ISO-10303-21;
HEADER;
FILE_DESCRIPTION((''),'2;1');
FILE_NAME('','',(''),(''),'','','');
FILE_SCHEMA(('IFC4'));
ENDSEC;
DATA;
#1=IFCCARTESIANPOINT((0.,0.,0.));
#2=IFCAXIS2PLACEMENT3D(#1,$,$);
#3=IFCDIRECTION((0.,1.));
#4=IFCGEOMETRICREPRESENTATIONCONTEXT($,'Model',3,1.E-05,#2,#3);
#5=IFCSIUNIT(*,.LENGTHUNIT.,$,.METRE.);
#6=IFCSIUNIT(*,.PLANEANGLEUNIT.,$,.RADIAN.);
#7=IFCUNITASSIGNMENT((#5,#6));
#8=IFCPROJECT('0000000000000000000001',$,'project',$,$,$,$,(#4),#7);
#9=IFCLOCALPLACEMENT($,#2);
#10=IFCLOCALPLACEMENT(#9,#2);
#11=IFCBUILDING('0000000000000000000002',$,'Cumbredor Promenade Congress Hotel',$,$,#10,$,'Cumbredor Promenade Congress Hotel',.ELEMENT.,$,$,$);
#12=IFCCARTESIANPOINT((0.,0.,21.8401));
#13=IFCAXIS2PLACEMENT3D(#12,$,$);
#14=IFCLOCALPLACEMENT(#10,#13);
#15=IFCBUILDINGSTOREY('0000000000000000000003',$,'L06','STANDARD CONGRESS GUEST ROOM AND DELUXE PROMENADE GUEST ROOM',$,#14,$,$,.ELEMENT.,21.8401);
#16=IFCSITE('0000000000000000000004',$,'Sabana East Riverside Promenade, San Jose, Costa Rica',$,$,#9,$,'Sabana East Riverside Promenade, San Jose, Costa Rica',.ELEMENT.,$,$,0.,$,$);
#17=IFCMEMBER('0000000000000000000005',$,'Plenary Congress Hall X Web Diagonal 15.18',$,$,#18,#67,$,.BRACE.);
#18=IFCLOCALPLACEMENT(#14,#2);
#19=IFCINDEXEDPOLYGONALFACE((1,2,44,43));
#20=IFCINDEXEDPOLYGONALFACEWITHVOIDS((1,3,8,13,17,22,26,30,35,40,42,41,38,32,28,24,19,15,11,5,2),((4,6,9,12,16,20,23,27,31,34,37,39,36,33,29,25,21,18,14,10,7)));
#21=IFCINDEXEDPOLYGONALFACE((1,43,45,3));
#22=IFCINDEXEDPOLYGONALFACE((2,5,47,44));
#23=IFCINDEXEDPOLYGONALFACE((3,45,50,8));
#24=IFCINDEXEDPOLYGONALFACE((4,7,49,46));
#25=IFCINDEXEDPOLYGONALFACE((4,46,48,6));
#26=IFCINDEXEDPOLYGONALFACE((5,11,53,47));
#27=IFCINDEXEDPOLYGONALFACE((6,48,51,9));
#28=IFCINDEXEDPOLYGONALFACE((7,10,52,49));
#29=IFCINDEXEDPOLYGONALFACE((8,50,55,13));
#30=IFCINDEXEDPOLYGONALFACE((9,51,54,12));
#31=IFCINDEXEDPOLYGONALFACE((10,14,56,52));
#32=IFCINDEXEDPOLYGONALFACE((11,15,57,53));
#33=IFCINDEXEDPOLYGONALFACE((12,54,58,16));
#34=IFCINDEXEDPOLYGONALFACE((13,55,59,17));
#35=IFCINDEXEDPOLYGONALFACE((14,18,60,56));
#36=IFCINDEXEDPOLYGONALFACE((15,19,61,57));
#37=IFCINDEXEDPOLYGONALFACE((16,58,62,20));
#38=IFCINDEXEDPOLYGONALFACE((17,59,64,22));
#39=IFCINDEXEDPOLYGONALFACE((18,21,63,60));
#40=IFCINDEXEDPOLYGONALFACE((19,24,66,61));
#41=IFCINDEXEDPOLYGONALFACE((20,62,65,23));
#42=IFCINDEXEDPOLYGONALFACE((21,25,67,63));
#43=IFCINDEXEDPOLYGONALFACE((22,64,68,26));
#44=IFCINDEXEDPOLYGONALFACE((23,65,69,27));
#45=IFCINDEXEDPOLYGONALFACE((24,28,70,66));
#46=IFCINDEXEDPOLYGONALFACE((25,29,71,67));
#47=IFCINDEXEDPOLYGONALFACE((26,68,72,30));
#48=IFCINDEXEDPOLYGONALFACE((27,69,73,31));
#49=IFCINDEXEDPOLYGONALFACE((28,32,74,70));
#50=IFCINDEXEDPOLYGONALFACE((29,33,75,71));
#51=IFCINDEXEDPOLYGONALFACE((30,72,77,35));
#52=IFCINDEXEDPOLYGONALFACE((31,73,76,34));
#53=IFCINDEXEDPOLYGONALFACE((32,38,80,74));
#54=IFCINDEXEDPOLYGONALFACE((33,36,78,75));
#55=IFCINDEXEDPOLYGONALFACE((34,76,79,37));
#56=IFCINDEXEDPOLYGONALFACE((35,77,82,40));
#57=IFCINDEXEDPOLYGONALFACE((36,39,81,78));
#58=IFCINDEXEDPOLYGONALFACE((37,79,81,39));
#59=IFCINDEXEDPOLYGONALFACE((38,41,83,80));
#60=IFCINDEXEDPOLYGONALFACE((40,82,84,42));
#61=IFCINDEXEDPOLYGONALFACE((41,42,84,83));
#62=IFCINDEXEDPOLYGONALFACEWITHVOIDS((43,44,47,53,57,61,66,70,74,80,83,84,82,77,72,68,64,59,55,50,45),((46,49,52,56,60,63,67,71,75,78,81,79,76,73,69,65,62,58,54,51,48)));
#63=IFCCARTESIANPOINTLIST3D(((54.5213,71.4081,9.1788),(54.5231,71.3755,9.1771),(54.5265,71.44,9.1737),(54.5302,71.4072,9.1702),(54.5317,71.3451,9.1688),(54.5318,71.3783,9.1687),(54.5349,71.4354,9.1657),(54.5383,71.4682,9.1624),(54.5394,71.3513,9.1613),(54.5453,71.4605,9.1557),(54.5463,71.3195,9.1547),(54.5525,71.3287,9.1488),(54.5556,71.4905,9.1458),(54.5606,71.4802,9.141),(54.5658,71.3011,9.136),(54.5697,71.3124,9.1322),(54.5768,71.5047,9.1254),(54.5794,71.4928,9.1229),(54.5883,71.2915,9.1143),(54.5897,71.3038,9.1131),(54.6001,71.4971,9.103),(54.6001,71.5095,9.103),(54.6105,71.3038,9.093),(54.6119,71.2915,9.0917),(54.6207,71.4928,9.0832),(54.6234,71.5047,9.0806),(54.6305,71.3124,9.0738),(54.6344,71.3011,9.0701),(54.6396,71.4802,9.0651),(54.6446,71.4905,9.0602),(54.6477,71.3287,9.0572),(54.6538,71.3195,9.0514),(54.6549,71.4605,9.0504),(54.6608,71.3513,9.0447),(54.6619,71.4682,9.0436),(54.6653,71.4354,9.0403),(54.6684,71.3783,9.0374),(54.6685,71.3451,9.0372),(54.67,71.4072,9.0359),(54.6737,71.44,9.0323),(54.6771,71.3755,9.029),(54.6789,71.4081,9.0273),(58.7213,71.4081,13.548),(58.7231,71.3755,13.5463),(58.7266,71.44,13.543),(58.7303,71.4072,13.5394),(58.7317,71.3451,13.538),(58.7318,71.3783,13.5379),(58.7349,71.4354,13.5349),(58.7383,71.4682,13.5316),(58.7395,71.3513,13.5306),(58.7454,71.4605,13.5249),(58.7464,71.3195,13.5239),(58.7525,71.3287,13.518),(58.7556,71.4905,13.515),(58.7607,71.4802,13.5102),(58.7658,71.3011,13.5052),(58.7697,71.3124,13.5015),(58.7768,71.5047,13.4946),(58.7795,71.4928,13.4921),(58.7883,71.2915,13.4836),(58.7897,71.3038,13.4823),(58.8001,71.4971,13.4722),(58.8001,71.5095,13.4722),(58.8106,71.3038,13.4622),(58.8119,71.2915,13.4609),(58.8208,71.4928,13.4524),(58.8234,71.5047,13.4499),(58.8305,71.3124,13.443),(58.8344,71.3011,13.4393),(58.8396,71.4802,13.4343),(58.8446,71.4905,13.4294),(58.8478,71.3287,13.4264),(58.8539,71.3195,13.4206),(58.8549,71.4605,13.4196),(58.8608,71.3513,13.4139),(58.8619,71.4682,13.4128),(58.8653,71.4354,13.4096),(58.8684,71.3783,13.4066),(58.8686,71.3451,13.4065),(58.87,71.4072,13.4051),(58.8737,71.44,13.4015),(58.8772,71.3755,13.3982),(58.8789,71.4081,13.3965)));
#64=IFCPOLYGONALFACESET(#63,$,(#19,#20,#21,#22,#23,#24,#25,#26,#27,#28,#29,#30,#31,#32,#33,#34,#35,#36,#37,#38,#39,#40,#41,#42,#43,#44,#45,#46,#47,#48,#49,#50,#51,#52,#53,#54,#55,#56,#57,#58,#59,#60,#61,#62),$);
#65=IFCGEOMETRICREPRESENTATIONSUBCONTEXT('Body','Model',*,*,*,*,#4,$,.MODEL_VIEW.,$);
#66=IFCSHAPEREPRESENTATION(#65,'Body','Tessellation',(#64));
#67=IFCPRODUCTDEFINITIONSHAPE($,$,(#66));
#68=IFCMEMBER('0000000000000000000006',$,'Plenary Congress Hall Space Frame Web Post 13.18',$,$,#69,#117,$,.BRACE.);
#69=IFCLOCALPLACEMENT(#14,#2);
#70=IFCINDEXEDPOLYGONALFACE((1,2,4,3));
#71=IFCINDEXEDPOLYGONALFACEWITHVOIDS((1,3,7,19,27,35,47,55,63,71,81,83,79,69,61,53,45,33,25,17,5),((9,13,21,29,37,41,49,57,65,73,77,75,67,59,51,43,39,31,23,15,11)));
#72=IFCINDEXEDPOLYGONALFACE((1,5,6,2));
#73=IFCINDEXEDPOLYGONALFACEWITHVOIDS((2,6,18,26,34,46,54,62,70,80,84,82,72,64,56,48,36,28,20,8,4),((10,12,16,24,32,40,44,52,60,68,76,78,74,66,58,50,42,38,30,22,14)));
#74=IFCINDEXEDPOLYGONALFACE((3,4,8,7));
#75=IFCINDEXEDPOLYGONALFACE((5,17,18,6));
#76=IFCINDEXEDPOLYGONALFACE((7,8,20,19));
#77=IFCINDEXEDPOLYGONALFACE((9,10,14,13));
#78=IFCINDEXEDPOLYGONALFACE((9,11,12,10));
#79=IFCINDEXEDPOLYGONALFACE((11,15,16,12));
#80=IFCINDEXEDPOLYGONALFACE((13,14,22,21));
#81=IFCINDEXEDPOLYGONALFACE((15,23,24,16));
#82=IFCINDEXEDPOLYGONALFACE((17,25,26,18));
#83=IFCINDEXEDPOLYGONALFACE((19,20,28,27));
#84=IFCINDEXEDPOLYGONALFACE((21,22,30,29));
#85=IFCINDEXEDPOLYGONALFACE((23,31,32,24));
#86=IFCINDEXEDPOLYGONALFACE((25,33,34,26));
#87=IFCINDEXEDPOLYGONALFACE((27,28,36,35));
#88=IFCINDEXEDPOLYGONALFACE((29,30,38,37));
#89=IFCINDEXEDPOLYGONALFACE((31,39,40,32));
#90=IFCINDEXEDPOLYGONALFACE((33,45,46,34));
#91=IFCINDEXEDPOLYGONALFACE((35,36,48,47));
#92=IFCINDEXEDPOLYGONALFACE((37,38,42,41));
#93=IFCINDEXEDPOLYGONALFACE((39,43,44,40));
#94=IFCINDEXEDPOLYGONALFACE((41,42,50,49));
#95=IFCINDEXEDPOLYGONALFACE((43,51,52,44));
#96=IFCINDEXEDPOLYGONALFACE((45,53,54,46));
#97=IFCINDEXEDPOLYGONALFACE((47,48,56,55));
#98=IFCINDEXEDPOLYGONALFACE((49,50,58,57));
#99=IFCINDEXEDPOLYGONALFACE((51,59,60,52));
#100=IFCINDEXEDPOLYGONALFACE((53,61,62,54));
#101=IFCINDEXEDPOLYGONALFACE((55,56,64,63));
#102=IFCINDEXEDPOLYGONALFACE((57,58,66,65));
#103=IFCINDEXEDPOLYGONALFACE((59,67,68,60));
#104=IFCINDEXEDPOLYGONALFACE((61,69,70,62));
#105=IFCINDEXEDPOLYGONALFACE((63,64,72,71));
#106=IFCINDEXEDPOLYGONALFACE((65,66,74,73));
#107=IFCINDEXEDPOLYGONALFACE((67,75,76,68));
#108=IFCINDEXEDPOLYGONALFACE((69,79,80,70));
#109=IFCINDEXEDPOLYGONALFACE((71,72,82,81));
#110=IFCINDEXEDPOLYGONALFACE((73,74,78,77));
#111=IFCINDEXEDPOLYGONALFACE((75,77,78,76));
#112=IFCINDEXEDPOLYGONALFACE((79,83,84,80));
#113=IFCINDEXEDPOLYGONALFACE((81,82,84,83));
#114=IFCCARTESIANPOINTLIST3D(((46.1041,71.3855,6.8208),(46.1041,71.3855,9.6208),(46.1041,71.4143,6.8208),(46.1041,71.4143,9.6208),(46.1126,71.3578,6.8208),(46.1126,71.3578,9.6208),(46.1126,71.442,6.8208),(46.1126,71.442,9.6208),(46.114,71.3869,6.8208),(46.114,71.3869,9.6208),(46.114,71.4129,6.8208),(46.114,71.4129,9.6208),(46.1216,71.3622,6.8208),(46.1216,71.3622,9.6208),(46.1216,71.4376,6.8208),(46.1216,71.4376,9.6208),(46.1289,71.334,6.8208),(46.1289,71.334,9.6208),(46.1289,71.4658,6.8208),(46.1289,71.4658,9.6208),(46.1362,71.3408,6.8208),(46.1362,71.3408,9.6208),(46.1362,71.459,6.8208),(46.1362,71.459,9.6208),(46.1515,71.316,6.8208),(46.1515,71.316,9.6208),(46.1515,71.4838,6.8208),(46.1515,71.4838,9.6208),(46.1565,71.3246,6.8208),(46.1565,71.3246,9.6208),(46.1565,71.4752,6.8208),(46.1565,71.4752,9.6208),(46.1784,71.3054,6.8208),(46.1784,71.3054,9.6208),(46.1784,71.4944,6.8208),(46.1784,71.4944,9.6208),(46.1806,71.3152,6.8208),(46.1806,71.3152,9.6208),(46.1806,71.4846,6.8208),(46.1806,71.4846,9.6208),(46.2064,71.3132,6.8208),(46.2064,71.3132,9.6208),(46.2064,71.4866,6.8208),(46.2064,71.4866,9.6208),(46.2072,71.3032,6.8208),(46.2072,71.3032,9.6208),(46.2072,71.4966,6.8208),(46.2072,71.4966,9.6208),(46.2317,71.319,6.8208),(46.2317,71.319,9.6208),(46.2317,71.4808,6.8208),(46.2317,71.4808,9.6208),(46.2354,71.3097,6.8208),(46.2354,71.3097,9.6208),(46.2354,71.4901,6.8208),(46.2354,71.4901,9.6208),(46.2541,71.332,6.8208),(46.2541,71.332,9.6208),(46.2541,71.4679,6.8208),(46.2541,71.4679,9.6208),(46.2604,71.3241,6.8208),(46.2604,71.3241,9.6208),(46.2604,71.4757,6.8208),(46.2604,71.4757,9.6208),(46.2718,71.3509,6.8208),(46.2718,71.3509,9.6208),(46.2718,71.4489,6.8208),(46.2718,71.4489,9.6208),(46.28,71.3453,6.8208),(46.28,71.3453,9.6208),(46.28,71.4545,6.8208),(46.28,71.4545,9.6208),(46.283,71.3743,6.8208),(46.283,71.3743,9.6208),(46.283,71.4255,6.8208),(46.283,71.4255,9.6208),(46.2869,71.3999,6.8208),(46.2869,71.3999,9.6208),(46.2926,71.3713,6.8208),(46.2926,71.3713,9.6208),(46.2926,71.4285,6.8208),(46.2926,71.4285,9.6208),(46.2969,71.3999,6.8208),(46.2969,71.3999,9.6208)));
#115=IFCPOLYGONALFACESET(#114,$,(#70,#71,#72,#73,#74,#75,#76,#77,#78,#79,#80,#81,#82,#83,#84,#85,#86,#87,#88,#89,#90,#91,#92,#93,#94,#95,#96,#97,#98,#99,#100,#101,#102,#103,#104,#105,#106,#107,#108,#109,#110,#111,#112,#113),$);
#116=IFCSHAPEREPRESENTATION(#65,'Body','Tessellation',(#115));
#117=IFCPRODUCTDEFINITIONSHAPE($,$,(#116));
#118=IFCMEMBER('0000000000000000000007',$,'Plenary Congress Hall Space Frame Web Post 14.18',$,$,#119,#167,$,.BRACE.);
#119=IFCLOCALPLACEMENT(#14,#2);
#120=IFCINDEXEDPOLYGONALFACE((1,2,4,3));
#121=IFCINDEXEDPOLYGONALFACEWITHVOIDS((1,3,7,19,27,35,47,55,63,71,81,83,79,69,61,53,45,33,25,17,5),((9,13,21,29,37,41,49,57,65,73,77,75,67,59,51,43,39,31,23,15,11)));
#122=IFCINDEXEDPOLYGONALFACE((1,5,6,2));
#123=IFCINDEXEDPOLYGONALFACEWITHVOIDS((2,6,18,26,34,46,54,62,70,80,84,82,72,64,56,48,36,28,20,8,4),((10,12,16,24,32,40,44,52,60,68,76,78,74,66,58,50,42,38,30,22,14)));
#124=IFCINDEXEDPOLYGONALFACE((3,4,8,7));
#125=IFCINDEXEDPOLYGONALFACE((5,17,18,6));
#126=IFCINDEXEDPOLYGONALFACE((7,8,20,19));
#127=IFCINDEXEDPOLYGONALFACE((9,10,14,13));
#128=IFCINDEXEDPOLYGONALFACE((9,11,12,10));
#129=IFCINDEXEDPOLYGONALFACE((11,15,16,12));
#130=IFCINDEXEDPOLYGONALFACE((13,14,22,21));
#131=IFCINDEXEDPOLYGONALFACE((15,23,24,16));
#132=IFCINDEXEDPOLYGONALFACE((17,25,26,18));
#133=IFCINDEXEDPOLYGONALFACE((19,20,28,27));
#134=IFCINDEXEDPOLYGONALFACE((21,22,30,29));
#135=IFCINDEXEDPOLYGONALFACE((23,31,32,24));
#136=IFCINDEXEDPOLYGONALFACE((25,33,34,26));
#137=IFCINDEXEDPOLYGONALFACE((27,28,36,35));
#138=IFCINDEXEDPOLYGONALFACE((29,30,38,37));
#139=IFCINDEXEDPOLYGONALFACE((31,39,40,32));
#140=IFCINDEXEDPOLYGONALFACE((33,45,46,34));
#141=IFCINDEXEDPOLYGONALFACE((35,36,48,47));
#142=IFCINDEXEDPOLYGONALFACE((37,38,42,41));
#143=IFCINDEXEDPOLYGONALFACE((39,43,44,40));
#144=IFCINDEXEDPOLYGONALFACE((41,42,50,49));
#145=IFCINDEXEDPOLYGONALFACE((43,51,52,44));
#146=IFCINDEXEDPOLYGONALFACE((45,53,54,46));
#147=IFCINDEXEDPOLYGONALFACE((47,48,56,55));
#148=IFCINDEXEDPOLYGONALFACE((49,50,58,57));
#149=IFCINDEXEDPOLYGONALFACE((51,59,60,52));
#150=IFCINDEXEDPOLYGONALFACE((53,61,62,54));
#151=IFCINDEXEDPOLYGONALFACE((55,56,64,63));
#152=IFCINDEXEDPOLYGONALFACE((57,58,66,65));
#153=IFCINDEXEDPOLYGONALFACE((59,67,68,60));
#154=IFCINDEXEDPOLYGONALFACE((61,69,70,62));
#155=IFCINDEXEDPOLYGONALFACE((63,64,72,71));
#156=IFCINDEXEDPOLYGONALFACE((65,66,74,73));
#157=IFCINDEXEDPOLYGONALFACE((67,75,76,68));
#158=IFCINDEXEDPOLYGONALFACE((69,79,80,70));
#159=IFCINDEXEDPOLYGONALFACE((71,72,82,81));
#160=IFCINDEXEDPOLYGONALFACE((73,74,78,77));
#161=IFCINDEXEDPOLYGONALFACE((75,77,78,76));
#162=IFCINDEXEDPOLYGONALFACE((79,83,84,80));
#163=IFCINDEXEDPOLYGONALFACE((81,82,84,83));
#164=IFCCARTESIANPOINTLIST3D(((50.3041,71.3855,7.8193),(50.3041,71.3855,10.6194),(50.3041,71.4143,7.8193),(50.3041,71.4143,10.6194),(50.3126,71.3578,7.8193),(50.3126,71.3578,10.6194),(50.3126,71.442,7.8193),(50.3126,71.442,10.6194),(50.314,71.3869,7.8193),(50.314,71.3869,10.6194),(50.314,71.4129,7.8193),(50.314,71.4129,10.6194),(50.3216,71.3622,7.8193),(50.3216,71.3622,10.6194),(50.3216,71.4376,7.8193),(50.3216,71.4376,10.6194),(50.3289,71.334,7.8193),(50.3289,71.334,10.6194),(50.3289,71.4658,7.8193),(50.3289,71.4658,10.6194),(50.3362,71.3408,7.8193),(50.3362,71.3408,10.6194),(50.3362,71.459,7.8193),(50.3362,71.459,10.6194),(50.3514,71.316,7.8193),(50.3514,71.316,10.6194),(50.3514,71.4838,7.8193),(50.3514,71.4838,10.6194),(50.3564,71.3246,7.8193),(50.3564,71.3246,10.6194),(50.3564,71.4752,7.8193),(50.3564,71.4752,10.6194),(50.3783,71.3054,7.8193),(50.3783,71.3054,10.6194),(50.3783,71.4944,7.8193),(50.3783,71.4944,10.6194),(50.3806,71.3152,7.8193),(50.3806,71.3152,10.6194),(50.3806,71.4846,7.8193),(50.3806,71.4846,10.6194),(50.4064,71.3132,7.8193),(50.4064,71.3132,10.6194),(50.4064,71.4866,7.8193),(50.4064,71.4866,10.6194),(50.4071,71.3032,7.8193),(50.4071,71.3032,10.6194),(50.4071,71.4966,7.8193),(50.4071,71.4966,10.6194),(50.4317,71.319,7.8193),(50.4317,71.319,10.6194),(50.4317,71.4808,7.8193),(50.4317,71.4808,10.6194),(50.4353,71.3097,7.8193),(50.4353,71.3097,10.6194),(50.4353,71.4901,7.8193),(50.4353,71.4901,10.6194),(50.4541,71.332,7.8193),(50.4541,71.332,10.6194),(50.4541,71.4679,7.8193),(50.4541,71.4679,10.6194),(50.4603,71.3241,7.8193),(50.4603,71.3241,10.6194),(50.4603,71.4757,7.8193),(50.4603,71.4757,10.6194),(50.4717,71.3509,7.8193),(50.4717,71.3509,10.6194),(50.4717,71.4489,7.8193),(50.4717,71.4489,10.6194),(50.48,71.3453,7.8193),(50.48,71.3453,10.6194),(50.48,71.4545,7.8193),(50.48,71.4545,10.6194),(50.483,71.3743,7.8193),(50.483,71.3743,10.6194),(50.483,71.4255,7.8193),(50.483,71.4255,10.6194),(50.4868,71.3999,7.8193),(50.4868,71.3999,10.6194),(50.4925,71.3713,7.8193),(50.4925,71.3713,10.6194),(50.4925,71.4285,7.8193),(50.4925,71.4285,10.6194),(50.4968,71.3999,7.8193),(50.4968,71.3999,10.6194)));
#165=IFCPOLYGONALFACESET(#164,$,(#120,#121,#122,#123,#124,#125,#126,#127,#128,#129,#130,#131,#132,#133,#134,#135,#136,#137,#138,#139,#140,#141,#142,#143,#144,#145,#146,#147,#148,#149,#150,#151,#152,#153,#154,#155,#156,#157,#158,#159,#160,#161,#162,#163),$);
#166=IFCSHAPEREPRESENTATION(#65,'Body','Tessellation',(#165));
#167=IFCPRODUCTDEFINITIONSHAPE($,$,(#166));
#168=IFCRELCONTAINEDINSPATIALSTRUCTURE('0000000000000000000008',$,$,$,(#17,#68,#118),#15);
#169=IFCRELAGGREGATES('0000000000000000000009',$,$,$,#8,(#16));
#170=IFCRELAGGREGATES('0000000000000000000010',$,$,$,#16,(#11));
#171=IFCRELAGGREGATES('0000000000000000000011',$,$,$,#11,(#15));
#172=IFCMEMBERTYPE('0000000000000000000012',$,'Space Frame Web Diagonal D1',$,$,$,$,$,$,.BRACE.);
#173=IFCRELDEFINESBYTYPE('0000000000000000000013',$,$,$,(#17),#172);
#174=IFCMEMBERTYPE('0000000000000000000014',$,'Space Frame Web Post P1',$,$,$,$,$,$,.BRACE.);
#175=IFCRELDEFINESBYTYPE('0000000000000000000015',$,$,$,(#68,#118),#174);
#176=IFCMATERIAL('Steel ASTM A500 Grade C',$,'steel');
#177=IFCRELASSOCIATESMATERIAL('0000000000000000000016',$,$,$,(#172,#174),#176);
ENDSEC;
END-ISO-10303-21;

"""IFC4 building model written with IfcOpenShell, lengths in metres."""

from ifc_helpers import new_model, si_unit, direction, frame, origin, origin_2d, place, context, subcontext, project, spatial, hollow_circle, extrude, material, material_profile, profile_set, type_object, element, save


model = new_model("IFC4")

# Units and contexts
model_context = context("Model", 3, precision=1e-05, world=origin(), true_north=direction((0.0, 1.0)))
body_context = subcontext(model_context, "Body", "Model", "MODEL_VIEW")
ifc_project = project(units=[si_unit("LENGTHUNIT", "METRE"), si_unit("PLANEANGLEUNIT", "RADIAN")], contexts=[model_context])

# Site, building, storey
site_placement = place(None, origin())
site = spatial("IfcSite", under=ifc_project, at=site_placement, Name="Sabana East Riverside Promenade, San Jose, Costa Rica", LongName="Sabana East Riverside Promenade, San Jose, Costa Rica", CompositionType="ELEMENT", RefElevation=0.0)
building_placement = place(site_placement, origin())
building = spatial("IfcBuilding", under=site, at=building_placement, Name="Cumbredor Promenade Congress Hotel", LongName="Cumbredor Promenade Congress Hotel", CompositionType="ELEMENT")
storey_placement = place(building_placement, frame((0.0, 0.0, 21.8401)))
storey = spatial("IfcBuildingStorey", under=building, at=storey_placement, Name="L06", Description="STANDARD CONGRESS GUEST ROOM AND DELUXE PROMENADE GUEST ROOM", CompositionType="ELEMENT", Elevation=21.8401)

# Members
ifc_material_1 = material(Name="Steel ASTM A500 Grade C", Category="steel")
ifc_material_profile_1 = material_profile(ifc_material_1, hollow_circle(Radius=0.1096, WallThickness=0.0125, at=origin_2d()), Name="CHS 219.1x12.5")
ifc_profile_set_1 = profile_set([ifc_material_profile_1], Name="Steel ASTM A500 Grade C")
member_type_1 = type_object("IfcMemberType", Name="Space Frame Web Diagonal D1", PredefinedType="BRACE", material=ifc_profile_set_1)
member_1_placement = place(storey_placement, frame((54.6001, 71.3999, 9.103), z_axis=(0.69301, 0.0, 0.720927), x_axis=(0.0, 1.0, 0.0)))
element("IfcMember", 1, at=member_1_placement, inside=storey, type_object=member_type_1, Name="Plenary Congress Hall X Web Diagonal 15.18", PredefinedType="BRACE", context=body_context, shape_type="SweptSolid", body=[
    extrude(hollow_circle(Radius=0.1096, WallThickness=0.0125, at=origin_2d()), origin(), (0.0, 0.0, 1.0), 6.0605),
])
ifc_material_profile_2 = material_profile(ifc_material_1, hollow_circle(Radius=0.0969, WallThickness=0.01, at=origin_2d()), Name="CHS 193.7x10")
ifc_profile_set_2 = profile_set([ifc_material_profile_2], Name="Steel ASTM A500 Grade C")
member_type_2 = type_object("IfcMemberType", Name="Space Frame Web Post P1", PredefinedType="BRACE", material=ifc_profile_set_2)
for number, where, z_axis, x_axis, name in (
    (2, (46.2, 71.3999, 6.8208), (0.0, 0.0, 1.0), (1.0, 0.0, 0.0), "Plenary Congress Hall Space Frame Web Post 13.18"),
    (3, (50.3999, 71.3999, 7.8193), (0.0, 0.0, 1.0), (1.0, 0.0, 0.0), "Plenary Congress Hall Space Frame Web Post 14.18"),
):
    element("IfcMember", number, at=place(storey_placement, frame(where, z_axis=z_axis, x_axis=x_axis)), inside=storey, type_object=member_type_2, Name=name, PredefinedType="BRACE", context=body_context, shape_type="SweptSolid", body=[
        extrude(hollow_circle(Radius=0.0969, WallThickness=0.01, at=origin_2d()), origin(), (0.0, 0.0, 1.0), 2.8),
    ])

save(model, "model.ifc")
